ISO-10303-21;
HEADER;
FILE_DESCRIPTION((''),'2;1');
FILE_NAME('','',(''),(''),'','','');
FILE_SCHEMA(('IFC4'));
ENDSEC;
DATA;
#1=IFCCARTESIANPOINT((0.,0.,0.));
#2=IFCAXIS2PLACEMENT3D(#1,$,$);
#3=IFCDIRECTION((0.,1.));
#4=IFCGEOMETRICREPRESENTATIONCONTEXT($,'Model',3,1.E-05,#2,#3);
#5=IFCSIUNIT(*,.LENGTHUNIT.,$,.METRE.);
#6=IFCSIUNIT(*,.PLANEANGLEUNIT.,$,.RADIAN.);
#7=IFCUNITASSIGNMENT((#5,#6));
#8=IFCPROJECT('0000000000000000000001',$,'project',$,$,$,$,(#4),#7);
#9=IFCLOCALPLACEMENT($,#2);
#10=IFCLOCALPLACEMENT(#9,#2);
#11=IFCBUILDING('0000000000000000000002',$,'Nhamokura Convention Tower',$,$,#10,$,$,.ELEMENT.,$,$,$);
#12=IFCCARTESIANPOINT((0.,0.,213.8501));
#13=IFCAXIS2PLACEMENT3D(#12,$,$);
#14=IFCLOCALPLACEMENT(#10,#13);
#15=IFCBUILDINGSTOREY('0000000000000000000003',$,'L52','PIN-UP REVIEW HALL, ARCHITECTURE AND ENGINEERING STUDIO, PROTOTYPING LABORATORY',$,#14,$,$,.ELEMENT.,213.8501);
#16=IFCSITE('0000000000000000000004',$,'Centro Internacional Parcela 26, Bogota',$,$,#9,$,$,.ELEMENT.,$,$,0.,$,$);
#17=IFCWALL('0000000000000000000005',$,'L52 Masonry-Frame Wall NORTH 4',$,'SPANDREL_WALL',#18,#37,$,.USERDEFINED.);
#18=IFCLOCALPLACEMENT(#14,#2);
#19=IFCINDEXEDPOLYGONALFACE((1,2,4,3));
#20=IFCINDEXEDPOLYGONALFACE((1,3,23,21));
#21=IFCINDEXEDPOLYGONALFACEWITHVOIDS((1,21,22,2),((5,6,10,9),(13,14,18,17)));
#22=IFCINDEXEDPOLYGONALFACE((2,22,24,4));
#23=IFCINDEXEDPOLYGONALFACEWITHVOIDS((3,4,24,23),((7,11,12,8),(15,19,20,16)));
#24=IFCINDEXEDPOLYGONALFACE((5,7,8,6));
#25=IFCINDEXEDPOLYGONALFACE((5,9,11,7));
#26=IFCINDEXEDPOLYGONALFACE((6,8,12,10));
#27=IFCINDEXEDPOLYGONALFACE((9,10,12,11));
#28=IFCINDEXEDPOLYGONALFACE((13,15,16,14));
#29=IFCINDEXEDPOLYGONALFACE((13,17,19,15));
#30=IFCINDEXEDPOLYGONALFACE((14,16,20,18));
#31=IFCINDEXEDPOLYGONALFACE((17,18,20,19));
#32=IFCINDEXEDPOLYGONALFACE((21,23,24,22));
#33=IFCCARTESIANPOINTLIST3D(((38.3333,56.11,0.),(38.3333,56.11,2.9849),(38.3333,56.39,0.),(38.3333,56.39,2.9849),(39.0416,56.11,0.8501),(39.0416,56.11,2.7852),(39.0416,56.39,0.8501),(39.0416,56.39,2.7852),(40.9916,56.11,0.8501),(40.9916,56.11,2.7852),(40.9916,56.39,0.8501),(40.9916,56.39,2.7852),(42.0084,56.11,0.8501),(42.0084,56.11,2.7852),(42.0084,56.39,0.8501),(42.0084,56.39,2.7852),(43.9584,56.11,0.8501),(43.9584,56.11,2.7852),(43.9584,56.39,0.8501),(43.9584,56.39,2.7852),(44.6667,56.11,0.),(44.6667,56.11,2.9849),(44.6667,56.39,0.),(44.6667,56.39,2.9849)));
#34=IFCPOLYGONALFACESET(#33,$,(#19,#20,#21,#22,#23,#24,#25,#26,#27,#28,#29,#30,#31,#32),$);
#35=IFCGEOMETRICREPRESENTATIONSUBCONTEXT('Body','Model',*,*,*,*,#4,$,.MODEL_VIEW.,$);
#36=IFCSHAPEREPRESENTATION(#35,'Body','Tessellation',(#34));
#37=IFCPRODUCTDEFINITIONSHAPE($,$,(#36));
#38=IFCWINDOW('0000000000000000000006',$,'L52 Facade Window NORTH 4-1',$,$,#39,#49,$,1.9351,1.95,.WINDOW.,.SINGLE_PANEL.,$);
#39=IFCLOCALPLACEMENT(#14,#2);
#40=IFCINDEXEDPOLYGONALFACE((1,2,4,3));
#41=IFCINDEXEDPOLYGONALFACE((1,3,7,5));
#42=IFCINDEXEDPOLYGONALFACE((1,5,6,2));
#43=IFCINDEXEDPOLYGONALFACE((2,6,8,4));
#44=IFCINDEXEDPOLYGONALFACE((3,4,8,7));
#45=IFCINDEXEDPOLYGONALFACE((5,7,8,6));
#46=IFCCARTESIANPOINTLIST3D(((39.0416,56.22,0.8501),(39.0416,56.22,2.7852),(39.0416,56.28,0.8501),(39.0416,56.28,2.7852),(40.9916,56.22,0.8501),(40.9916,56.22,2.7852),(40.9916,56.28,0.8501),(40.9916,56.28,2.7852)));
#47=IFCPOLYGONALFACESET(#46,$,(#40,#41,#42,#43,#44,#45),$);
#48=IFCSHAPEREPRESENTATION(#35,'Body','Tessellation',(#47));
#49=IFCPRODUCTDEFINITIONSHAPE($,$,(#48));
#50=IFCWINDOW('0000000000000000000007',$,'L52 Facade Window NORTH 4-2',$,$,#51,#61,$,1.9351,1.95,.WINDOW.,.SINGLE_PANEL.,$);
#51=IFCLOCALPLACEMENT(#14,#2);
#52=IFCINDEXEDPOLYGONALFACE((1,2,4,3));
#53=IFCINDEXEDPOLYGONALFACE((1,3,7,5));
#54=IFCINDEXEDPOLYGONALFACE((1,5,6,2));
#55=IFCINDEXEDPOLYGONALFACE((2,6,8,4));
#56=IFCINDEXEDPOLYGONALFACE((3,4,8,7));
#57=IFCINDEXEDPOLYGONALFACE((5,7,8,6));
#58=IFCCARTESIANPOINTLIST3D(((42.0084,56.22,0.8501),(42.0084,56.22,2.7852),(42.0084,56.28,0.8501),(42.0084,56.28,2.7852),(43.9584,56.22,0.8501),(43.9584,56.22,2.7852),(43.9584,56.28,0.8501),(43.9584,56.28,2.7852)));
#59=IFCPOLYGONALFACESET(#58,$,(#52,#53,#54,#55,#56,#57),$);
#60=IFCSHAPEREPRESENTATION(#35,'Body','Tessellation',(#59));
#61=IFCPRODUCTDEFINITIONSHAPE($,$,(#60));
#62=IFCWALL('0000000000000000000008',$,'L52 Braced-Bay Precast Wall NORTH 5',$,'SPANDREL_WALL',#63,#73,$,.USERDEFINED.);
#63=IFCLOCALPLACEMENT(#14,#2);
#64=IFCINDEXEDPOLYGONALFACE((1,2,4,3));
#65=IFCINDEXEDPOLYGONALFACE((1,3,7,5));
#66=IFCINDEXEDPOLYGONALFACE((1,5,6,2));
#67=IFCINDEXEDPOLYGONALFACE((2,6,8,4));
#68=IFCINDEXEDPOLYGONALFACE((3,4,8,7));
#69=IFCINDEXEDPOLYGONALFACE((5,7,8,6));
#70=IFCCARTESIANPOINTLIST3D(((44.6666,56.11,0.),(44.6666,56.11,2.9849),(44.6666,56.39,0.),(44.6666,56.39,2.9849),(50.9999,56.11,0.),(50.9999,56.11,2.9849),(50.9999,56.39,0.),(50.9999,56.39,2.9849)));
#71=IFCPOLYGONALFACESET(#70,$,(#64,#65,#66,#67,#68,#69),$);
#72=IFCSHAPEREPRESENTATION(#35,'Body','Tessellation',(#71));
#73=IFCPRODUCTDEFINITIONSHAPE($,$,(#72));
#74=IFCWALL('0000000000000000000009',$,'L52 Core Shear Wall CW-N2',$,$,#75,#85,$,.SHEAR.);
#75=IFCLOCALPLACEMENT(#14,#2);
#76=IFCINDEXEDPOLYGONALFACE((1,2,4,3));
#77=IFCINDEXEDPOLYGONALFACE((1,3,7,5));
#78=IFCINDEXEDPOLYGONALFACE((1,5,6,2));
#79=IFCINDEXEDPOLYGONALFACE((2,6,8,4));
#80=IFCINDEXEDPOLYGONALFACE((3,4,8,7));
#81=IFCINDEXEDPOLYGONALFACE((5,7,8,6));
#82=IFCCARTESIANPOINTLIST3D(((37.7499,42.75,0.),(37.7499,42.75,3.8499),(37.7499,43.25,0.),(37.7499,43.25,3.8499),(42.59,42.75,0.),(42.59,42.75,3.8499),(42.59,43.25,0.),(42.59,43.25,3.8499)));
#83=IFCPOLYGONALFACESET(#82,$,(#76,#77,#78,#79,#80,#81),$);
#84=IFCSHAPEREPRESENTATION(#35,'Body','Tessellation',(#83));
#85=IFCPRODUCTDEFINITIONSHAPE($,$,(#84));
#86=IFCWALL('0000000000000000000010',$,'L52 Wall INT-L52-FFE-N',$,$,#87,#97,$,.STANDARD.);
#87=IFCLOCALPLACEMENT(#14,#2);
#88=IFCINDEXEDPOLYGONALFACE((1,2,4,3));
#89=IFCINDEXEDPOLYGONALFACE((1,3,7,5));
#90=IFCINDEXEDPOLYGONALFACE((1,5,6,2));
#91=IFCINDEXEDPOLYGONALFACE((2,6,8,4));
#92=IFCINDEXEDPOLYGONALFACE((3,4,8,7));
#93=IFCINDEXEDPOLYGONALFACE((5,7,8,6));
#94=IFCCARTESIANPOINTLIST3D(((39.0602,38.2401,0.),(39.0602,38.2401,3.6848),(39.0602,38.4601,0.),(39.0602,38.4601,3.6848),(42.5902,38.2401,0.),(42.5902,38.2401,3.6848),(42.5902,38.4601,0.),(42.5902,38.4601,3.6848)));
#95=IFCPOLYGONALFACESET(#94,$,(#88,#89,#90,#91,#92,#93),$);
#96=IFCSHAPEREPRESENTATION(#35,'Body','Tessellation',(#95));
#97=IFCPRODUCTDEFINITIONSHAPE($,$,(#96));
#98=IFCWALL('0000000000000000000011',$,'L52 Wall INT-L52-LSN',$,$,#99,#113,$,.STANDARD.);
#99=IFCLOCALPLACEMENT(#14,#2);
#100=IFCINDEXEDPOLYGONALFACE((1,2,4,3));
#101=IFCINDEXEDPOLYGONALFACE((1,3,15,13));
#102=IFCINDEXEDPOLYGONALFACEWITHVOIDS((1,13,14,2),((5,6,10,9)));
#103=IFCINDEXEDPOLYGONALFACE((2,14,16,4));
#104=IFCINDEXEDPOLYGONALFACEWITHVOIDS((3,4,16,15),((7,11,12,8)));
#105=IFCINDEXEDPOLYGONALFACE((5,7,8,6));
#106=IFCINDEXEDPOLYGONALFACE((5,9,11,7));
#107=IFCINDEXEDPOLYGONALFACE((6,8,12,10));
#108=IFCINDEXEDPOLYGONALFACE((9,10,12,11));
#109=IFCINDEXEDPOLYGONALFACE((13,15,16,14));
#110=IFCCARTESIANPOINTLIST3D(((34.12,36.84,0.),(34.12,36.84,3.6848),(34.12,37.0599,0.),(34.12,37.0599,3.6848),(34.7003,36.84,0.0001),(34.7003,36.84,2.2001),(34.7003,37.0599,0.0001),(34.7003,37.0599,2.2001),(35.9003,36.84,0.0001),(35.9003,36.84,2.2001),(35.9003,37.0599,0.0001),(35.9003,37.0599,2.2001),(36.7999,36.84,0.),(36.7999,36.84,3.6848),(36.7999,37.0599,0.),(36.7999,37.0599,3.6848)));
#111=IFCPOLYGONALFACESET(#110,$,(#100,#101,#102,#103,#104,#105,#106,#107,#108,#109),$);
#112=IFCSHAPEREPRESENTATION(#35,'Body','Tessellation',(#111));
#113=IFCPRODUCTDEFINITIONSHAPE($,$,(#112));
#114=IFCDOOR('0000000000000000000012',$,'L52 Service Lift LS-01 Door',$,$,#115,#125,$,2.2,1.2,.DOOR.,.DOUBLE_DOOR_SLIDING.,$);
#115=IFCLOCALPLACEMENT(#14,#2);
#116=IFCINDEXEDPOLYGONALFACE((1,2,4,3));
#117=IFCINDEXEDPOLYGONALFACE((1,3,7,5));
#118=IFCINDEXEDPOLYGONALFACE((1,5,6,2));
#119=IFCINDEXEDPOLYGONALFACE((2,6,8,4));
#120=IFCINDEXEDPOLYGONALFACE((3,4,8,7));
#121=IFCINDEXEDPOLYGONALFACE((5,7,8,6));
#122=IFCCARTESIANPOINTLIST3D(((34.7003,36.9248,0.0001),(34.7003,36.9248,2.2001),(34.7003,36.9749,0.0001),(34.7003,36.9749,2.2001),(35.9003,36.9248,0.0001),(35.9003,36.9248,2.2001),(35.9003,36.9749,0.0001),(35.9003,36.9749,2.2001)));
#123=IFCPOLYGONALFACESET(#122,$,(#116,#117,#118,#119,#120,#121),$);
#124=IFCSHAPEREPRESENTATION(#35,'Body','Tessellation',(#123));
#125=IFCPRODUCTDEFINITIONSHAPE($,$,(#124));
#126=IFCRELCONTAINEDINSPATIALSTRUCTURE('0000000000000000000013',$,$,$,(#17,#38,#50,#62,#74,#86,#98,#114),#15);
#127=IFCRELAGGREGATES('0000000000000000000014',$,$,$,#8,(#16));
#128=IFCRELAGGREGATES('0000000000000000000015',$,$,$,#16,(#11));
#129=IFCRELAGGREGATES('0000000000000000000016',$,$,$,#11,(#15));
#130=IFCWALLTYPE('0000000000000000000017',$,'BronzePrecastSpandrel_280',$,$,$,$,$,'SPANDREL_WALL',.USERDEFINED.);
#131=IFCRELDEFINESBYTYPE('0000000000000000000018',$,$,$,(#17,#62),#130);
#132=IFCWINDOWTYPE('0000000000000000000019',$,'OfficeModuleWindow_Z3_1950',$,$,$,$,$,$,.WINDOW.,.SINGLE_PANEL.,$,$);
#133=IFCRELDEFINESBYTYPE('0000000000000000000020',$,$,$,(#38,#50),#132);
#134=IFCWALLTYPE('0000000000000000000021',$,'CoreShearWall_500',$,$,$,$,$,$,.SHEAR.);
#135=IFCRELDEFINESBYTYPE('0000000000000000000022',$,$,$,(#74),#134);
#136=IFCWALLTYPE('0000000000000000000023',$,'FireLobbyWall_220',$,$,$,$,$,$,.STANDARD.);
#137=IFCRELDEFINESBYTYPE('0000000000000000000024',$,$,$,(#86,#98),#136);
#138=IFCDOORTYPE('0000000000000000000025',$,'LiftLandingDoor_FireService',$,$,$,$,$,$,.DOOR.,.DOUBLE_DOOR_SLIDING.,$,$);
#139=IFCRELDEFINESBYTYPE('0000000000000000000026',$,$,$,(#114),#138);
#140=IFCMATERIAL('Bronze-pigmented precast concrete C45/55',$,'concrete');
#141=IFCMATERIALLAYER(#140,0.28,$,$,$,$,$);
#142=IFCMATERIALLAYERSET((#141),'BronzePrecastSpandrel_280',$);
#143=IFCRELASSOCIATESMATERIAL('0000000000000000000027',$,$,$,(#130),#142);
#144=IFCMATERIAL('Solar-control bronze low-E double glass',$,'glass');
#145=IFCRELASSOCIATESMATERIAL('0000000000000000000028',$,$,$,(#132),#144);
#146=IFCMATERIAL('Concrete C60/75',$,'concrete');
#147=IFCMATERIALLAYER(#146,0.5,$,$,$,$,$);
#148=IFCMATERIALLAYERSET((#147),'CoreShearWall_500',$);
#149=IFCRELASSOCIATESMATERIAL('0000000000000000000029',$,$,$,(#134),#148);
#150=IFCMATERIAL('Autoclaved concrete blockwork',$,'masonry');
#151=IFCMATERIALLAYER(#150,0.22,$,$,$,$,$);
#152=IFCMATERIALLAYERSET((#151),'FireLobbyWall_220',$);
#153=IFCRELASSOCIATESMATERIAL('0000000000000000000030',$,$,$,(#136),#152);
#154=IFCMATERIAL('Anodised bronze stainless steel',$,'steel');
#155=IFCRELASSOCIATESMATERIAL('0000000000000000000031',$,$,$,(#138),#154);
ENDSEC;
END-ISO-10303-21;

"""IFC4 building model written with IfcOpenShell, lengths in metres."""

from ifc_helpers import new_model, si_unit, direction, frame, frame_2d, origin, place, context, subcontext, project, spatial, rectangle, extrude, material, layer, layer_set, type_object, element, fill, save


model = new_model("IFC4")

# Units and contexts
model_context = context("Model", 3, precision=1e-05, world=origin(), true_north=direction((0.0, 1.0)))
body_context = subcontext(model_context, "Body", "Model", "MODEL_VIEW")
ifc_project = project(units=[si_unit("LENGTHUNIT", "METRE"), si_unit("PLANEANGLEUNIT", "RADIAN")], contexts=[model_context])

# Site, building, storey
site_placement = place(None, origin())
site = spatial("IfcSite", under=ifc_project, at=site_placement, Name="Centro Internacional Parcela 26, Bogota", CompositionType="ELEMENT", RefElevation=0.0)
building_placement = place(site_placement, origin())
building = spatial("IfcBuilding", under=site, at=building_placement, Name="Nhamokura Convention Tower", CompositionType="ELEMENT")
storey_placement = place(building_placement, frame((0.0, 0.0, 213.8501)))
storey = spatial("IfcBuildingStorey", under=building, at=storey_placement, Name="L52", Description="PIN-UP REVIEW HALL, ARCHITECTURE AND ENGINEERING STUDIO, PROTOTYPING LABORATORY", CompositionType="ELEMENT", Elevation=213.8501)

# Wall, openings, windows
ifc_material_1 = material(Name="Bronze-pigmented precast concrete C45/55", Category="concrete")
ifc_layer_1 = layer(ifc_material_1, 0.28)
ifc_layer_set_1 = layer_set([ifc_layer_1], Name="BronzePrecastSpandrel_280")
wall_type_1 = type_object("IfcWallType", Name="BronzePrecastSpandrel_280", ElementType="SPANDREL_WALL", PredefinedType="USERDEFINED", material=ifc_layer_set_1)
wall_1_placement = place(storey_placement, frame((38.3333, 56.25, 0.0), z_axis=(0.0, 0.0, 1.0), x_axis=(1.0, 0.0, 0.0)))
wall_1 = element("IfcWall", 1, at=wall_1_placement, inside=storey, type_object=wall_type_1, Name="L52 Masonry-Frame Wall NORTH 4", ObjectType="SPANDREL_WALL", PredefinedType="USERDEFINED", context=body_context, shape_type="SweptSolid", body=[
    extrude(rectangle(XDim=6.3335, YDim=0.28, at=frame_2d((3.1667, 0.0))), origin(), (0.0, 0.0, 1.0), 2.9849),
])
opening_1_placement = place(wall_1_placement, frame((0.7083, 0.0, 0.8501)))
opening_1 = element("IfcOpeningElement", 2, at=opening_1_placement, cuts=wall_1, PredefinedType="OPENING", context=body_context, shape_type="SweptSolid", body=[
    extrude(rectangle(XDim=1.95, YDim=1.9351, at=frame_2d((0.9751, 0.9675))), frame((0.0, 0.1499, 0.0), z_axis=(0.0, -1.0, 0.0), x_axis=(1.0, 0.0, 0.0)), (0.0, 0.0, 1.0), 0.3),
])
opening_2_placement = place(wall_1_placement, frame((3.675, 0.0, 0.8501)))
opening_2 = element("IfcOpeningElement", 3, at=opening_2_placement, cuts=wall_1, PredefinedType="OPENING", context=body_context, shape_type="SweptSolid", body=[
    extrude(rectangle(XDim=1.95, YDim=1.9351, at=frame_2d((0.9751, 0.9675))), frame((0.0, 0.1499, 0.0), z_axis=(0.0, -1.0, 0.0), x_axis=(1.0, 0.0, 0.0)), (0.0, 0.0, 1.0), 0.3),
])
ifc_material_2 = material(Name="Solar-control bronze low-E double glass", Category="glass")
window_type = type_object("IfcWindowType", Name="OfficeModuleWindow_Z3_1950", PartitioningType="SINGLE_PANEL", PredefinedType="WINDOW", material=ifc_material_2)
window_1_placement = place(opening_1_placement, origin())
window_1 = element("IfcWindow", 4, at=window_1_placement, inside=storey, type_object=window_type, Name="L52 Facade Window NORTH 4-1", OverallHeight=1.9351, OverallWidth=1.95, PartitioningType="SINGLE_PANEL", PredefinedType="WINDOW", context=body_context, shape_type="SweptSolid", body=[
    extrude(rectangle(XDim=1.95, YDim=1.9351, at=frame_2d((0.9751, 0.9675))), frame((0.0, 0.03, 0.0), z_axis=(0.0, -1.0, 0.0), x_axis=(1.0, 0.0, 0.0)), (0.0, 0.0, 1.0), 0.0601),
])
fill(opening_1, window_1)
window_2_placement = place(opening_2_placement, origin())
window_2 = element("IfcWindow", 5, at=window_2_placement, inside=storey, type_object=window_type, Name="L52 Facade Window NORTH 4-2", OverallHeight=1.9351, OverallWidth=1.95, PartitioningType="SINGLE_PANEL", PredefinedType="WINDOW", context=body_context, shape_type="SweptSolid", body=[
    extrude(rectangle(XDim=1.95, YDim=1.9351, at=frame_2d((0.9751, 0.9675))), frame((0.0, 0.03, 0.0), z_axis=(0.0, -1.0, 0.0), x_axis=(1.0, 0.0, 0.0)), (0.0, 0.0, 1.0), 0.0601),
])
fill(opening_2, window_2)

# Walls
wall_2_placement = place(storey_placement, frame((44.6667, 56.25, 0.0), z_axis=(0.0, 0.0, 1.0), x_axis=(1.0, 0.0, 0.0)))
element("IfcWall", 6, at=wall_2_placement, inside=storey, type_object=wall_type_1, Name="L52 Braced-Bay Precast Wall NORTH 5", ObjectType="SPANDREL_WALL", PredefinedType="USERDEFINED", context=body_context, shape_type="SweptSolid", body=[
    extrude(rectangle(XDim=6.3333, YDim=0.28, at=frame_2d((3.1665, 0.0))), origin(), (0.0, 0.0, 1.0), 2.9849),
])
ifc_material_3 = material(Name="Concrete C60/75", Category="concrete")
ifc_layer_2 = layer(ifc_material_3, 0.5)
ifc_layer_set_2 = layer_set([ifc_layer_2], Name="CoreShearWall_500")
wall_type_2 = type_object("IfcWallType", Name="CoreShearWall_500", PredefinedType="SHEAR", material=ifc_layer_set_2)
wall_3_placement = place(storey_placement, frame((37.75, 43.0, 0.0), z_axis=(0.0, 0.0, 1.0), x_axis=(1.0, 0.0, 0.0)))
element("IfcWall", 7, at=wall_3_placement, inside=storey, type_object=wall_type_2, Name="L52 Core Shear Wall CW-N2", PredefinedType="SHEAR", context=body_context, shape_type="SweptSolid", body=[
    extrude(rectangle(XDim=4.8401, YDim=0.5, at=frame_2d((2.4199, 0.0))), origin(), (0.0, 0.0, 1.0), 3.8499),
])
ifc_material_4 = material(Name="Autoclaved concrete blockwork", Category="masonry")
ifc_layer_3 = layer(ifc_material_4, 0.22)
ifc_layer_set_3 = layer_set([ifc_layer_3], Name="FireLobbyWall_220")
wall_type_3 = type_object("IfcWallType", Name="FireLobbyWall_220", PredefinedType="STANDARD", material=ifc_layer_set_3)
wall_4_placement = place(storey_placement, frame((39.0601, 38.3501, 0.0), z_axis=(0.0, 0.0, 1.0), x_axis=(1.0, 0.0, 0.0)))
element("IfcWall", 8, at=wall_4_placement, inside=storey, type_object=wall_type_3, Name="L52 Wall INT-L52-FFE-N", PredefinedType="STANDARD", context=body_context, shape_type="SweptSolid", body=[
    extrude(rectangle(XDim=3.53, YDim=0.22, at=frame_2d((1.7651, 0.0))), origin(), (0.0, 0.0, 1.0), 3.6848),
])

# Wall, opening, door
wall_5_placement = place(storey_placement, frame((34.1201, 36.95, 0.0), z_axis=(0.0, 0.0, 1.0), x_axis=(1.0, 0.0, 0.0)))
wall_5 = element("IfcWall", 9, at=wall_5_placement, inside=storey, type_object=wall_type_3, Name="L52 Wall INT-L52-LSN", PredefinedType="STANDARD", context=body_context, shape_type="SweptSolid", body=[
    extrude(rectangle(XDim=2.6799, YDim=0.22, at=frame_2d((1.3398, 0.0))), origin(), (0.0, 0.0, 1.0), 3.6848),
])
opening_3_placement = place(wall_5_placement, frame((0.5801, 0.0, 0.0)))
opening_3 = element("IfcOpeningElement", 10, at=opening_3_placement, cuts=wall_5, PredefinedType="OPENING", context=body_context, shape_type="SweptSolid", body=[
    extrude(rectangle(XDim=1.2, YDim=2.2, at=frame_2d((0.6001, 1.1001))), frame((0.0, 0.1199, 0.0), z_axis=(0.0, -1.0, 0.0), x_axis=(1.0, 0.0, 0.0)), (0.0, 0.0, 1.0), 0.24),
])
ifc_material_5 = material(Name="Anodised bronze stainless steel", Category="steel")
door_type_1 = type_object("IfcDoorType", Name="LiftLandingDoor_FireService", OperationType="DOUBLE_DOOR_SLIDING", PredefinedType="DOOR", material=ifc_material_5)
door_1_placement = place(opening_3_placement, origin())
door_1 = element("IfcDoor", 11, at=door_1_placement, inside=storey, type_object=door_type_1, Name="L52 Service Lift LS-01 Door", OperationType="DOUBLE_DOOR_SLIDING", OverallHeight=2.2, OverallWidth=1.2, PredefinedType="DOOR", context=body_context, shape_type="SweptSolid", body=[
    extrude(rectangle(XDim=1.2, YDim=2.2, at=frame_2d((0.6001, 1.1001))), frame((0.0, 0.0249, 0.0), z_axis=(0.0, -1.0, 0.0), x_axis=(1.0, 0.0, 0.0)), (0.0, 0.0, 1.0), 0.05),
])
fill(opening_3, door_1)

save(model, "model.ifc")
